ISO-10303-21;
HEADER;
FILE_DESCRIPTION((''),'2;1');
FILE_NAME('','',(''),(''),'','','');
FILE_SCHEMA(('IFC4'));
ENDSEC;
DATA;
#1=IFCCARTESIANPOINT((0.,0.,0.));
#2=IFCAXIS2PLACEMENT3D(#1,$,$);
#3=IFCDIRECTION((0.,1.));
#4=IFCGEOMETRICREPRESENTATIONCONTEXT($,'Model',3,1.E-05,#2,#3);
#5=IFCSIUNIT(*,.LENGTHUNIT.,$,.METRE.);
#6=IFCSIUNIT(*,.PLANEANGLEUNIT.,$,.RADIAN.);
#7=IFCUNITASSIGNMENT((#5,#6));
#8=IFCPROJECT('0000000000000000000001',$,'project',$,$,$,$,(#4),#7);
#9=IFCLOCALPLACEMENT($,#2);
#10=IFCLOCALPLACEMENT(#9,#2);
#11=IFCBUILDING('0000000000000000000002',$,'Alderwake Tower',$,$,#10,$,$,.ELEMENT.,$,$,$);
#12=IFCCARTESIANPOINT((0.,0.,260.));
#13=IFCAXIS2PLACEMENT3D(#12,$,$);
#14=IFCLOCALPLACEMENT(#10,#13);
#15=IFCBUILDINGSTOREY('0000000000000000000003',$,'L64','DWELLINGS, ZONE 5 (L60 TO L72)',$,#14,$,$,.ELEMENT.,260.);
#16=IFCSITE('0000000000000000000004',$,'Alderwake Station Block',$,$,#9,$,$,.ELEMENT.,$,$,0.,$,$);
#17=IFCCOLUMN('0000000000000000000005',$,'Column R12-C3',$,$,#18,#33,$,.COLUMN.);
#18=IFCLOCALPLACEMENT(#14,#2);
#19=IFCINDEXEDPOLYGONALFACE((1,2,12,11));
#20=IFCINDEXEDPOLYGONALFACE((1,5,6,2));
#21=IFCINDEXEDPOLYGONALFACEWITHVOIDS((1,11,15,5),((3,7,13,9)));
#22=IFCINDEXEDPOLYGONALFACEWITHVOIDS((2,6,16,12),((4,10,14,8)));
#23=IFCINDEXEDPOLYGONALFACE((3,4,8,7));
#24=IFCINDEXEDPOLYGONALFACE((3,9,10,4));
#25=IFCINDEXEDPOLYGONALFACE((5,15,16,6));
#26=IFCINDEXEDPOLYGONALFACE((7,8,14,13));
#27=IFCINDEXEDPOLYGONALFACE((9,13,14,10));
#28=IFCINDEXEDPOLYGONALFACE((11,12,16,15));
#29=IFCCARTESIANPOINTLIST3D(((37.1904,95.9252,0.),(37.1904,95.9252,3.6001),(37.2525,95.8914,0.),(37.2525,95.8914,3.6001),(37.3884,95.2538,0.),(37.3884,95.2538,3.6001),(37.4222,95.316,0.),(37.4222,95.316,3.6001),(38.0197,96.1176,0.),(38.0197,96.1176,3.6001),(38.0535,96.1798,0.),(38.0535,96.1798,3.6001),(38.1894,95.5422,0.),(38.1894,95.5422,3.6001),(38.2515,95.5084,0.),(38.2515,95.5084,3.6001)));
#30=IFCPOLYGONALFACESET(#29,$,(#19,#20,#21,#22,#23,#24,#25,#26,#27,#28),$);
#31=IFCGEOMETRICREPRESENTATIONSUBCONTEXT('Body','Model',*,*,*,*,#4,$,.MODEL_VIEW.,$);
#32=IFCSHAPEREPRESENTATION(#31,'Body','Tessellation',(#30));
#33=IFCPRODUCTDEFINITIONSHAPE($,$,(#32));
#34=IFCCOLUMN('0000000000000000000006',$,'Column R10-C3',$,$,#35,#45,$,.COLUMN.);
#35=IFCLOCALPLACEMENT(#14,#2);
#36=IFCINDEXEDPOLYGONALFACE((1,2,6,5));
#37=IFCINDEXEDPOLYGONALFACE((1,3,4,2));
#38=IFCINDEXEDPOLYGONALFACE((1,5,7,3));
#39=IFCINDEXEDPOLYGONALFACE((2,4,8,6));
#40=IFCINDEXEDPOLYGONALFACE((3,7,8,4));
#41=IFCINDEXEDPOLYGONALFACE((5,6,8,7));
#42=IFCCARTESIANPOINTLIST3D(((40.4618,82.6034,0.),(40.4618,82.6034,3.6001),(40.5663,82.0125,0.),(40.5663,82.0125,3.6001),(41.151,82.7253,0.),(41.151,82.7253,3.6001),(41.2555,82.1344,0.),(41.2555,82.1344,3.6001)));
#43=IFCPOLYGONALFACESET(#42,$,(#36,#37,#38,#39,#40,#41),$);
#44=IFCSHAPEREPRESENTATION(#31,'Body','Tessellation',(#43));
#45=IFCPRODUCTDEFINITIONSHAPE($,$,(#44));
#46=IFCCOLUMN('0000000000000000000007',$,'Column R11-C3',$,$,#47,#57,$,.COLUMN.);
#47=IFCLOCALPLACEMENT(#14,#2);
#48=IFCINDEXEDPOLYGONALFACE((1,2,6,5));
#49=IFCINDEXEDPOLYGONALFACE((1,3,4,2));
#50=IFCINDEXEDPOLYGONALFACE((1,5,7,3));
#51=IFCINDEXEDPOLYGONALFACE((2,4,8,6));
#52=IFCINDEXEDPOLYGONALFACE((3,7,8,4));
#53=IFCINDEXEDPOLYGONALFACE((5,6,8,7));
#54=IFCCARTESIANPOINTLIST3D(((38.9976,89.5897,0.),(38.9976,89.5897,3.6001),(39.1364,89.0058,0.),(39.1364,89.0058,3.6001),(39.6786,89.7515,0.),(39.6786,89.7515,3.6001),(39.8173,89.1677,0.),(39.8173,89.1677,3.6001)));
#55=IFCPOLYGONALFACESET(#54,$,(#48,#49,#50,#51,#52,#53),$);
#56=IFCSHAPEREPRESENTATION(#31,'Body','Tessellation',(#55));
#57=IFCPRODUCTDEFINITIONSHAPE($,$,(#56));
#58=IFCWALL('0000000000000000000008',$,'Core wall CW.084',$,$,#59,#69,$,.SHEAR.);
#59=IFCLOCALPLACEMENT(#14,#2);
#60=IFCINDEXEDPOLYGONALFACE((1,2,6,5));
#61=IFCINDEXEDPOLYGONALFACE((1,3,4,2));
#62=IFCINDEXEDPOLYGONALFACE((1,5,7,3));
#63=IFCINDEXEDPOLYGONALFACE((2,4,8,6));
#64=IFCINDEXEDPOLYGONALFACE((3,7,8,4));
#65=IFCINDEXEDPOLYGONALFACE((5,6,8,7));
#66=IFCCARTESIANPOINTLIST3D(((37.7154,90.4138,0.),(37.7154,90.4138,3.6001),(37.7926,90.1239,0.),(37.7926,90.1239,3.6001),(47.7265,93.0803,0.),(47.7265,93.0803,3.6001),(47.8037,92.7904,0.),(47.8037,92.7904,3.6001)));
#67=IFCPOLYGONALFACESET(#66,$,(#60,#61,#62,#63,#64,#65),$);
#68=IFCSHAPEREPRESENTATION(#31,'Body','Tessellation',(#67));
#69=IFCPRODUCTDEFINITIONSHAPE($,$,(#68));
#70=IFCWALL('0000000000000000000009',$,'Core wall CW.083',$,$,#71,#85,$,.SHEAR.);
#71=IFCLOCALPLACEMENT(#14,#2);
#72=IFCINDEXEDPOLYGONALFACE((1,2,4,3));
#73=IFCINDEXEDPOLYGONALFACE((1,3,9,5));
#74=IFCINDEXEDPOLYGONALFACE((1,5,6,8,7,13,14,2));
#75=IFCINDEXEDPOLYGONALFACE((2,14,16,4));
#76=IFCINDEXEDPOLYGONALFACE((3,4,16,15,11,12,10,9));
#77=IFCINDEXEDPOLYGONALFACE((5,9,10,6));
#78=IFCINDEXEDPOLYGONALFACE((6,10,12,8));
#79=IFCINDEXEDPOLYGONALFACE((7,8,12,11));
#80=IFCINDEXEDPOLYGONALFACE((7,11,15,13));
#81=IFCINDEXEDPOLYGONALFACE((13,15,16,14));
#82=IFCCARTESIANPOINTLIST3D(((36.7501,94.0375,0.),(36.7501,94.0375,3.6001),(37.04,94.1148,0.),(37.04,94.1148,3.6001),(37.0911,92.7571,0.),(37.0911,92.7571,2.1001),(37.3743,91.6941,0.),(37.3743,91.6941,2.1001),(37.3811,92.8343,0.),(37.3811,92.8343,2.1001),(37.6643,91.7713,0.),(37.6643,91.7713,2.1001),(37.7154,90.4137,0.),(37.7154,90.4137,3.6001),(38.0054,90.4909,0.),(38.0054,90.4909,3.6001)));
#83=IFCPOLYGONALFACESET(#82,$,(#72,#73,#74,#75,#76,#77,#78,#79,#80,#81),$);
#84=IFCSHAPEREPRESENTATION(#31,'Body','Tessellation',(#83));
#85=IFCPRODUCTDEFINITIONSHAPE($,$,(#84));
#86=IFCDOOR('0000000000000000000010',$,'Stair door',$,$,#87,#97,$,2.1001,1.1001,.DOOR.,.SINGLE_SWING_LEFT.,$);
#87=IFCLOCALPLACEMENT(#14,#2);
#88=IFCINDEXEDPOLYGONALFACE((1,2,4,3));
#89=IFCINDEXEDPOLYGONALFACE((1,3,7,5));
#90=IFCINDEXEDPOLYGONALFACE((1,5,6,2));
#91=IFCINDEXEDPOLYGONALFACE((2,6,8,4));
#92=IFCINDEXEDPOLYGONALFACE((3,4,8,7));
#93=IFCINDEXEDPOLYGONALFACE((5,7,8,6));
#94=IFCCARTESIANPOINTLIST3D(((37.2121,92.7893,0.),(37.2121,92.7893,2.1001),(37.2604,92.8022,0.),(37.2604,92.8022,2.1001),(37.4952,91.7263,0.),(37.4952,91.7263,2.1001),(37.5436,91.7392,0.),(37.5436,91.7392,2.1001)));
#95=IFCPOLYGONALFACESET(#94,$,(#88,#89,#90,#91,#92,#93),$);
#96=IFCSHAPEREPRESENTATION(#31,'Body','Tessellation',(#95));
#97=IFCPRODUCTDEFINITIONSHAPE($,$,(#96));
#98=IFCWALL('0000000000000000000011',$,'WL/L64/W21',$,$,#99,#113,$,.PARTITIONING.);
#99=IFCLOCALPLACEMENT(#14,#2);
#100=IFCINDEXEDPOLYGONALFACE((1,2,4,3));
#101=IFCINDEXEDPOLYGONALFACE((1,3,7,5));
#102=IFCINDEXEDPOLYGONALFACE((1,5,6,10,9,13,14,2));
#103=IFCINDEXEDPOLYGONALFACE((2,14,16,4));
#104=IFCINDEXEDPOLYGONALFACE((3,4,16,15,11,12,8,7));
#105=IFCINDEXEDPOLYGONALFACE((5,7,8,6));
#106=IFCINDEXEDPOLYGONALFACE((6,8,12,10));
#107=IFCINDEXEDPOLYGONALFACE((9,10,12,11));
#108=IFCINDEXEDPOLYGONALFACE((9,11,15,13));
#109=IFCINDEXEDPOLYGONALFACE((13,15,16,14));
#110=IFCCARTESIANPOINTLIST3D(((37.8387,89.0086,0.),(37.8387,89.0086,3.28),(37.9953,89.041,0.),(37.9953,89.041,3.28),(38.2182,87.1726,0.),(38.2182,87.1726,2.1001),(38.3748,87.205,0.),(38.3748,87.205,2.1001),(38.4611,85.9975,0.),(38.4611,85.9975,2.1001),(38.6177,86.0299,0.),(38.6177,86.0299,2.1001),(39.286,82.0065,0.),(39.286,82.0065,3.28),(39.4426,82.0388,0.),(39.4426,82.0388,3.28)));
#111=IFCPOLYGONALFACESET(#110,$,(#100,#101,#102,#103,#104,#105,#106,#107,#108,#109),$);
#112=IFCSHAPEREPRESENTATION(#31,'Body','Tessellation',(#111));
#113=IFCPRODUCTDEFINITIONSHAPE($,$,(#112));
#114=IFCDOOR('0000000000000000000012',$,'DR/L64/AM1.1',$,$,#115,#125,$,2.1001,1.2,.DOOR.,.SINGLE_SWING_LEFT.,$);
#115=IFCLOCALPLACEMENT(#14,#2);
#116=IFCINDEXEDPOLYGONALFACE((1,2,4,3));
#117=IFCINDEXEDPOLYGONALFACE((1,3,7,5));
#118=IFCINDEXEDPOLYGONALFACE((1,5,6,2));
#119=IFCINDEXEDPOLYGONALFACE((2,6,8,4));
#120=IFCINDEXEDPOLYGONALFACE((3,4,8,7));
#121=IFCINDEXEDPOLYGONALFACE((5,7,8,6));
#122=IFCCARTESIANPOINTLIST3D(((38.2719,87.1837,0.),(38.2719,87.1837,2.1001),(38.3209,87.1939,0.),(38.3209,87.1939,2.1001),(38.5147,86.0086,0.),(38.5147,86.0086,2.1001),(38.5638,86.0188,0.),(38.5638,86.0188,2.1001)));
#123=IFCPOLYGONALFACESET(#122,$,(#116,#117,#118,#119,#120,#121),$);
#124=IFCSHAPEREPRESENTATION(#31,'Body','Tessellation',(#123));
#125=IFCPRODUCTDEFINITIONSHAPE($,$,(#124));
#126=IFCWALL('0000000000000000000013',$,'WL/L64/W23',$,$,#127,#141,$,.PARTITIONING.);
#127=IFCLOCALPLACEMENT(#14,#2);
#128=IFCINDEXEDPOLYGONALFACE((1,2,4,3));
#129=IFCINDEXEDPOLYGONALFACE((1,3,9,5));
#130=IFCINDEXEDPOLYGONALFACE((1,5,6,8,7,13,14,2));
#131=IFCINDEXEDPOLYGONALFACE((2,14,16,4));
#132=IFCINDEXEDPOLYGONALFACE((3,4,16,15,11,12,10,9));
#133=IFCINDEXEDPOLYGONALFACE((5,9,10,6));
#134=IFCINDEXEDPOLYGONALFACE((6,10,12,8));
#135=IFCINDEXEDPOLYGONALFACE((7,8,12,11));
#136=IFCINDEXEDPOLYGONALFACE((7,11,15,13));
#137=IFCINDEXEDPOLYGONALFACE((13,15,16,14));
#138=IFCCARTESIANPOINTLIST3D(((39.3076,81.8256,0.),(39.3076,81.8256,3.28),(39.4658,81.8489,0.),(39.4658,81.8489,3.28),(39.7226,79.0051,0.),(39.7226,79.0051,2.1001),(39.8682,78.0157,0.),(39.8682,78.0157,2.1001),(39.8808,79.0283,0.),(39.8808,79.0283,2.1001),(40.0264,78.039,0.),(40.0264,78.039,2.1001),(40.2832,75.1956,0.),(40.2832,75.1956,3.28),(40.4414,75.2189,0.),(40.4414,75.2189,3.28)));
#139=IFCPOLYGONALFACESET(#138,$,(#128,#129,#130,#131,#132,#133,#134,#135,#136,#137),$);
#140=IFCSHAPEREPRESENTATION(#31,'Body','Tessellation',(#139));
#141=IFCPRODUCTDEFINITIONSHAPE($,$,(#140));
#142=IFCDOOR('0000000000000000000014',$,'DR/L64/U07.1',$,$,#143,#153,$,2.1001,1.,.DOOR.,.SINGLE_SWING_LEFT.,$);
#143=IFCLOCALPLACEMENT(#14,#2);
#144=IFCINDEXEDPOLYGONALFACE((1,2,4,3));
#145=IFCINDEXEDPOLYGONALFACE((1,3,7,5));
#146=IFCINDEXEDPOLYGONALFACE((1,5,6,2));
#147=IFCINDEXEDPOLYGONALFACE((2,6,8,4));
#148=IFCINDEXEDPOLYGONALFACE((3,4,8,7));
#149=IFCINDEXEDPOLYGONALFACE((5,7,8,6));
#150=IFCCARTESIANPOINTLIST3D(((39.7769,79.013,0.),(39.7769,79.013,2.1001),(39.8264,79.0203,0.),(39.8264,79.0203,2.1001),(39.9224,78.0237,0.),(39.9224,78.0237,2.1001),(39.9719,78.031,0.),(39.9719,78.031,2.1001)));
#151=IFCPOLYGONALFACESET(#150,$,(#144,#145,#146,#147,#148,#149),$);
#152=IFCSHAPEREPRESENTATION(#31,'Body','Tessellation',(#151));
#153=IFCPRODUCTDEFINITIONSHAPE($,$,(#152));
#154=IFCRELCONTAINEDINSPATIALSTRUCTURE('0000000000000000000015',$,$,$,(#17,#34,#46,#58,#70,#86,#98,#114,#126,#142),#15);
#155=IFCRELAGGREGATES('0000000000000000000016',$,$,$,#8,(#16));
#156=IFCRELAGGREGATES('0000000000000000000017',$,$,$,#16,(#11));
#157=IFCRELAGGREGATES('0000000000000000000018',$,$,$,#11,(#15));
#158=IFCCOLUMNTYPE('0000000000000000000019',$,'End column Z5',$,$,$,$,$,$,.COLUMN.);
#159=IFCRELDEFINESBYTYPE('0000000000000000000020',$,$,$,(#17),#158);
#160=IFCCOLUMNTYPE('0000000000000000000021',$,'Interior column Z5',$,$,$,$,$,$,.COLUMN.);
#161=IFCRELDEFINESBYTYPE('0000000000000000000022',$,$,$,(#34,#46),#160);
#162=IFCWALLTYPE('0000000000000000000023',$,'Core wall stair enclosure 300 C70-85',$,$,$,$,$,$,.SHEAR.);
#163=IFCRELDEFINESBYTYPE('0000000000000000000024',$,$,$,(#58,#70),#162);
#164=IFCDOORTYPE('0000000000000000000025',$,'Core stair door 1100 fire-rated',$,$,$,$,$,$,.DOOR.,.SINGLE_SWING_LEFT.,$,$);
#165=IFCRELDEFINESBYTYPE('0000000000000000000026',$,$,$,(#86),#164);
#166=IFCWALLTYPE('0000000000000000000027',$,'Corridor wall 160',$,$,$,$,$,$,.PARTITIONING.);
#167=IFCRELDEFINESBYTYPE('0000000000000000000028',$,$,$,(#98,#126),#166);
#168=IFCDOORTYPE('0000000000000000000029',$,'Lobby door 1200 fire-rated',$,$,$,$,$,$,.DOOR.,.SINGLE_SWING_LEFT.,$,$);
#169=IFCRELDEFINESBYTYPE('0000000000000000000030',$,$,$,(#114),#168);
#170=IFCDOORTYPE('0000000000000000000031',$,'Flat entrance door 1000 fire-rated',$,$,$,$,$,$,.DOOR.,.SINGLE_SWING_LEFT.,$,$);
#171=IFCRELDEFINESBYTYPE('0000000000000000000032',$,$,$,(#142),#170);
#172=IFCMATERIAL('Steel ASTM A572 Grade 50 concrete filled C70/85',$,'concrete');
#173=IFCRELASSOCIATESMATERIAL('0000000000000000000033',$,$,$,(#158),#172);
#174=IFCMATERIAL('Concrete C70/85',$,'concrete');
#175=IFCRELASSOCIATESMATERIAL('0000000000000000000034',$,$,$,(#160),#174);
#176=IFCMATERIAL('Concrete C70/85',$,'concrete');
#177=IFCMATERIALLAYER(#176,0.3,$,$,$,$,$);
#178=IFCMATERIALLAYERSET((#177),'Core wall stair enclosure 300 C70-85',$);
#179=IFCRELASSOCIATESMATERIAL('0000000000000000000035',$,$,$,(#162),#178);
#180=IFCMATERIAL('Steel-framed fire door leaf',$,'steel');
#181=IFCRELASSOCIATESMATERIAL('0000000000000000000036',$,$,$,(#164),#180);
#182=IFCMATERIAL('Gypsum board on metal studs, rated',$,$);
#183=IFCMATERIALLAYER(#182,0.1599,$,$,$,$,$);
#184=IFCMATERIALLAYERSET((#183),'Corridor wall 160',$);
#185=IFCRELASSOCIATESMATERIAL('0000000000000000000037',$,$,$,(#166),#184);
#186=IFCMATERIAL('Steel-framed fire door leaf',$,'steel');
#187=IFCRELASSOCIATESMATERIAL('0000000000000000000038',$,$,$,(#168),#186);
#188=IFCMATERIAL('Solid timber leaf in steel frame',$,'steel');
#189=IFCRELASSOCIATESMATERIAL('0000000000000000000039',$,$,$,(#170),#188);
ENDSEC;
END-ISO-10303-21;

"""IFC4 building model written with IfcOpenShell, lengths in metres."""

from ifc_helpers import new_model, si_unit, direction, frame, frame_2d, origin, origin_2d, place, context, subcontext, project, spatial, rectangle, hollow_rectangle, extrude, material, layer, layer_set, material_profile, profile_set, type_object, element, fill, save


model = new_model("IFC4")

# Units and contexts
model_context = context("Model", 3, precision=1e-05, world=origin(), true_north=direction((0.0, 1.0)))
body_context = subcontext(model_context, "Body", "Model", "MODEL_VIEW")
ifc_project = project(units=[si_unit("LENGTHUNIT", "METRE"), si_unit("PLANEANGLEUNIT", "RADIAN")], contexts=[model_context])

# Site, building, storey
site_placement = place(None, origin())
site = spatial("IfcSite", under=ifc_project, at=site_placement, Name="Alderwake Station Block", CompositionType="ELEMENT", RefElevation=0.0)
building_placement = place(site_placement, origin())
building = spatial("IfcBuilding", under=site, at=building_placement, Name="Alderwake Tower", CompositionType="ELEMENT")
storey_placement = place(building_placement, frame((0.0, 0.0, 260.0)))
storey = spatial("IfcBuildingStorey", under=building, at=storey_placement, Name="L64", Description="DWELLINGS, ZONE 5 (L60 TO L72)", CompositionType="ELEMENT", Elevation=260.0)

# Columns
ifc_material_1 = material(Name="Steel ASTM A572 Grade 50 concrete filled C70/85", Category="concrete")
ifc_material_profile_1 = material_profile(ifc_material_1, hollow_rectangle(XDim=0.7, YDim=0.8999, WallThickness=0.05, at=origin_2d()), Name="BOX 900X700X50")
ifc_profile_set_1 = profile_set([ifc_material_profile_1], Name="Steel ASTM A572 Grade 50 concrete filled C70/85")
column_type_1 = type_object("IfcColumnType", Name="End column Z5", PredefinedType="COLUMN", material=ifc_profile_set_1)
column_placement = place(storey_placement, frame((37.7209, 95.7168, 0.0), z_axis=(0.0, 0.0, 1.0), x_axis=(-0.282862, 0.959161, 0.0)))
element("IfcColumn", 1, at=column_placement, inside=storey, type_object=column_type_1, Name="Column R12-C3", PredefinedType="COLUMN", context=body_context, shape_type="SweptSolid", body=[
    extrude(hollow_rectangle(XDim=0.7, YDim=0.8999, WallThickness=0.05, at=origin_2d()), origin(), (0.0, 0.0, 1.0), 3.6001),
])
ifc_material_2 = material(Name="Concrete C70/85", Category="concrete")
ifc_material_profile_2 = material_profile(ifc_material_2, rectangle(XDim=0.6001, YDim=0.7, at=origin_2d()), Name="RC 700X600")
ifc_profile_set_2 = profile_set([ifc_material_profile_2], Name="Concrete C70/85")
column_type_2 = type_object("IfcColumnType", Name="Interior column Z5", PredefinedType="COLUMN", material=ifc_profile_set_2)
for number, where, z_axis, x_axis, name in (
    (2, (40.8586, 82.3689, 0.0), (0.0, 0.0, 1.0), (-0.174109, 0.984726, 0.0), "Column R10-C3"),
    (3, (39.4075, 89.3787, 0.0), (0.0, 0.0, 1.0), (-0.231222, 0.972901, 0.0), "Column R11-C3"),
):
    element("IfcColumn", number, at=place(storey_placement, frame(where, z_axis=z_axis, x_axis=x_axis)), inside=storey, type_object=column_type_2, Name=name, PredefinedType="COLUMN", context=body_context, shape_type="SweptSolid", body=[
        extrude(rectangle(XDim=0.6001, YDim=0.7, at=origin_2d()), origin(), (0.0, 0.0, 1.0), 3.6001),
    ])

# Wall
ifc_material_3 = material(Name="Concrete C70/85", Category="concrete")
ifc_layer_1 = layer(ifc_material_3, 0.3)
ifc_layer_set_1 = layer_set([ifc_layer_1], Name="Core wall stair enclosure 300 C70-85")
wall_type_1 = type_object("IfcWallType", Name="Core wall stair enclosure 300 C70-85", PredefinedType="SHEAR", material=ifc_layer_set_1)
wall_1_placement = place(storey_placement, frame((37.7539, 90.2688, 0.0), z_axis=(0.0, 0.0, 1.0), x_axis=(0.966309, 0.257384, 0.0)))
element("IfcWall", 4, at=wall_1_placement, inside=storey, type_object=wall_type_1, Name="Core wall CW.084", PredefinedType="SHEAR", context=body_context, shape_type="SweptSolid", body=[
    extrude(rectangle(XDim=10.3601, YDim=0.3, at=frame_2d((5.1802, 0.0))), origin(), (0.0, 0.0, 1.0), 3.6001),
])

# Walls, openings, doors
wall_2_placement = place(storey_placement, frame((37.8604, 90.4524, 0.0), z_axis=(0.0, 0.0, 1.0), x_axis=(-0.257411, 0.966302, 0.0)))
wall_2 = element("IfcWall", 5, at=wall_2_placement, inside=storey, type_object=wall_type_1, Name="Core wall CW.083", PredefinedType="SHEAR", context=body_context, shape_type="SweptSolid", body=[
    extrude(rectangle(XDim=3.7502, YDim=0.3, at=frame_2d((1.875, 0.0))), origin(), (0.0, 0.0, 1.0), 3.6001),
])
opening_1_placement = place(wall_2_placement, frame((1.325, 0.0, 0.0)))
opening_1 = element("IfcOpeningElement", 6, at=opening_1_placement, cuts=wall_2, PredefinedType="OPENING", context=body_context, shape_type="SweptSolid", body=[
    extrude(rectangle(XDim=1.1001, YDim=2.1001, at=frame_2d((0.55, 1.05))), frame((0.0, 0.1599, 0.0), z_axis=(0.0, -1.0, 0.0), x_axis=(1.0, 0.0, 0.0)), (0.0, 0.0, 1.0), 0.3201),
])
ifc_material_4 = material(Name="Steel-framed fire door leaf", Category="steel")
door_type_1 = type_object("IfcDoorType", Name="Core stair door 1100 fire-rated", OperationType="SINGLE_SWING_LEFT", PredefinedType="DOOR", material=ifc_material_4)
door_1_placement = place(opening_1_placement, origin())
door_1 = element("IfcDoor", 7, at=door_1_placement, inside=storey, type_object=door_type_1, Name="Stair door", OperationType="SINGLE_SWING_LEFT", OverallHeight=2.1001, OverallWidth=1.1001, PredefinedType="DOOR", context=body_context, shape_type="SweptSolid", body=[
    extrude(rectangle(XDim=1.1001, YDim=2.1001, at=frame_2d((0.55, 1.05))), frame((0.0, 0.0249, 0.0), z_axis=(0.0, -1.0, 0.0), x_axis=(1.0, 0.0, 0.0)), (0.0, 0.0, 1.0), 0.05),
])
fill(opening_1, door_1)
ifc_material_5 = material(Name="Gypsum board on metal studs, rated")
ifc_layer_2 = layer(ifc_material_5, 0.1599)
ifc_layer_set_2 = layer_set([ifc_layer_2], Name="Corridor wall 160")
wall_type_2 = type_object("IfcWallType", Name="Corridor wall 160", PredefinedType="PARTITIONING", material=ifc_layer_set_2)
wall_3_placement = place(storey_placement, frame((37.917, 89.0249, 0.0), z_axis=(0.0, 0.0, 1.0), x_axis=(0.202409, -0.979301, 0.0)))
wall_3 = element("IfcWall", 8, at=wall_3_placement, inside=storey, type_object=wall_type_2, Name="WL/L64/W21", PredefinedType="PARTITIONING", context=body_context, shape_type="SweptSolid", body=[
    extrude(rectangle(XDim=7.1501, YDim=0.1599, at=frame_2d((3.5752, 0.0))), origin(), (0.0, 0.0, 1.0), 3.28),
])
opening_2_placement = place(wall_3_placement, frame((1.8748, 0.0, 0.0)))
opening_2 = element("IfcOpeningElement", 9, at=opening_2_placement, cuts=wall_3, PredefinedType="OPENING", context=body_context, shape_type="SweptSolid", body=[
    extrude(rectangle(XDim=1.2, YDim=2.1001, at=frame_2d((0.6001, 1.05))), frame((0.0, 0.0898, 0.0), z_axis=(0.0, -1.0, 0.0), x_axis=(1.0, 0.0, 0.0)), (0.0, 0.0, 1.0), 0.1799),
])
ifc_material_6 = material(Name="Steel-framed fire door leaf", Category="steel")
door_type_2 = type_object("IfcDoorType", Name="Lobby door 1200 fire-rated", OperationType="SINGLE_SWING_LEFT", PredefinedType="DOOR", material=ifc_material_6)
door_2_placement = place(opening_2_placement, origin())
door_2 = element("IfcDoor", 10, at=door_2_placement, inside=storey, type_object=door_type_2, Name="DR/L64/AM1.1", OperationType="SINGLE_SWING_LEFT", OverallHeight=2.1001, OverallWidth=1.2, PredefinedType="DOOR", context=body_context, shape_type="SweptSolid", body=[
    extrude(rectangle(XDim=1.2, YDim=2.1001, at=frame_2d((0.6001, 1.05))), frame((0.0, 0.0249, 0.0), z_axis=(0.0, -1.0, 0.0), x_axis=(1.0, 0.0, 0.0)), (0.0, 0.0, 1.0), 0.05),
])
fill(opening_2, door_2)
wall_4_placement = place(storey_placement, frame((39.3867, 81.8372, 0.0), z_axis=(0.0, 0.0, 1.0), x_axis=(0.145577, -0.989347, 0.0)))
wall_4 = element("IfcWall", 11, at=wall_4_placement, inside=storey, type_object=wall_type_2, Name="WL/L64/W23", PredefinedType="PARTITIONING", context=body_context, shape_type="SweptSolid", body=[
    extrude(rectangle(XDim=6.7014, YDim=0.1599, at=frame_2d((3.3506, 0.0))), origin(), (0.0, 0.0, 1.0), 3.28),
])
opening_3_placement = place(wall_4_placement, frame((2.8508, 0.0, 0.0)))
opening_3 = element("IfcOpeningElement", 12, at=opening_3_placement, cuts=wall_4, PredefinedType="OPENING", context=body_context, shape_type="SweptSolid", body=[
    extrude(rectangle(XDim=1.0, YDim=2.1001, at=frame_2d((0.5, 1.05))), frame((0.0, 0.0898, 0.0), z_axis=(0.0, -1.0, 0.0), x_axis=(1.0, 0.0, 0.0)), (0.0, 0.0, 1.0), 0.1799),
])
ifc_material_7 = material(Name="Solid timber leaf in steel frame", Category="steel")
door_type_3 = type_object("IfcDoorType", Name="Flat entrance door 1000 fire-rated", OperationType="SINGLE_SWING_LEFT", PredefinedType="DOOR", material=ifc_material_7)
door_3_placement = place(opening_3_placement, origin())
door_3 = element("IfcDoor", 13, at=door_3_placement, inside=storey, type_object=door_type_3, Name="DR/L64/U07.1", OperationType="SINGLE_SWING_LEFT", OverallHeight=2.1001, OverallWidth=1.0, PredefinedType="DOOR", context=body_context, shape_type="SweptSolid", body=[
    extrude(rectangle(XDim=1.0, YDim=2.1001, at=frame_2d((0.5, 1.05))), frame((0.0, 0.0249, 0.0), z_axis=(0.0, -1.0, 0.0), x_axis=(1.0, 0.0, 0.0)), (0.0, 0.0, 1.0), 0.05),
])
fill(opening_3, door_3)

save(model, "model.ifc")
